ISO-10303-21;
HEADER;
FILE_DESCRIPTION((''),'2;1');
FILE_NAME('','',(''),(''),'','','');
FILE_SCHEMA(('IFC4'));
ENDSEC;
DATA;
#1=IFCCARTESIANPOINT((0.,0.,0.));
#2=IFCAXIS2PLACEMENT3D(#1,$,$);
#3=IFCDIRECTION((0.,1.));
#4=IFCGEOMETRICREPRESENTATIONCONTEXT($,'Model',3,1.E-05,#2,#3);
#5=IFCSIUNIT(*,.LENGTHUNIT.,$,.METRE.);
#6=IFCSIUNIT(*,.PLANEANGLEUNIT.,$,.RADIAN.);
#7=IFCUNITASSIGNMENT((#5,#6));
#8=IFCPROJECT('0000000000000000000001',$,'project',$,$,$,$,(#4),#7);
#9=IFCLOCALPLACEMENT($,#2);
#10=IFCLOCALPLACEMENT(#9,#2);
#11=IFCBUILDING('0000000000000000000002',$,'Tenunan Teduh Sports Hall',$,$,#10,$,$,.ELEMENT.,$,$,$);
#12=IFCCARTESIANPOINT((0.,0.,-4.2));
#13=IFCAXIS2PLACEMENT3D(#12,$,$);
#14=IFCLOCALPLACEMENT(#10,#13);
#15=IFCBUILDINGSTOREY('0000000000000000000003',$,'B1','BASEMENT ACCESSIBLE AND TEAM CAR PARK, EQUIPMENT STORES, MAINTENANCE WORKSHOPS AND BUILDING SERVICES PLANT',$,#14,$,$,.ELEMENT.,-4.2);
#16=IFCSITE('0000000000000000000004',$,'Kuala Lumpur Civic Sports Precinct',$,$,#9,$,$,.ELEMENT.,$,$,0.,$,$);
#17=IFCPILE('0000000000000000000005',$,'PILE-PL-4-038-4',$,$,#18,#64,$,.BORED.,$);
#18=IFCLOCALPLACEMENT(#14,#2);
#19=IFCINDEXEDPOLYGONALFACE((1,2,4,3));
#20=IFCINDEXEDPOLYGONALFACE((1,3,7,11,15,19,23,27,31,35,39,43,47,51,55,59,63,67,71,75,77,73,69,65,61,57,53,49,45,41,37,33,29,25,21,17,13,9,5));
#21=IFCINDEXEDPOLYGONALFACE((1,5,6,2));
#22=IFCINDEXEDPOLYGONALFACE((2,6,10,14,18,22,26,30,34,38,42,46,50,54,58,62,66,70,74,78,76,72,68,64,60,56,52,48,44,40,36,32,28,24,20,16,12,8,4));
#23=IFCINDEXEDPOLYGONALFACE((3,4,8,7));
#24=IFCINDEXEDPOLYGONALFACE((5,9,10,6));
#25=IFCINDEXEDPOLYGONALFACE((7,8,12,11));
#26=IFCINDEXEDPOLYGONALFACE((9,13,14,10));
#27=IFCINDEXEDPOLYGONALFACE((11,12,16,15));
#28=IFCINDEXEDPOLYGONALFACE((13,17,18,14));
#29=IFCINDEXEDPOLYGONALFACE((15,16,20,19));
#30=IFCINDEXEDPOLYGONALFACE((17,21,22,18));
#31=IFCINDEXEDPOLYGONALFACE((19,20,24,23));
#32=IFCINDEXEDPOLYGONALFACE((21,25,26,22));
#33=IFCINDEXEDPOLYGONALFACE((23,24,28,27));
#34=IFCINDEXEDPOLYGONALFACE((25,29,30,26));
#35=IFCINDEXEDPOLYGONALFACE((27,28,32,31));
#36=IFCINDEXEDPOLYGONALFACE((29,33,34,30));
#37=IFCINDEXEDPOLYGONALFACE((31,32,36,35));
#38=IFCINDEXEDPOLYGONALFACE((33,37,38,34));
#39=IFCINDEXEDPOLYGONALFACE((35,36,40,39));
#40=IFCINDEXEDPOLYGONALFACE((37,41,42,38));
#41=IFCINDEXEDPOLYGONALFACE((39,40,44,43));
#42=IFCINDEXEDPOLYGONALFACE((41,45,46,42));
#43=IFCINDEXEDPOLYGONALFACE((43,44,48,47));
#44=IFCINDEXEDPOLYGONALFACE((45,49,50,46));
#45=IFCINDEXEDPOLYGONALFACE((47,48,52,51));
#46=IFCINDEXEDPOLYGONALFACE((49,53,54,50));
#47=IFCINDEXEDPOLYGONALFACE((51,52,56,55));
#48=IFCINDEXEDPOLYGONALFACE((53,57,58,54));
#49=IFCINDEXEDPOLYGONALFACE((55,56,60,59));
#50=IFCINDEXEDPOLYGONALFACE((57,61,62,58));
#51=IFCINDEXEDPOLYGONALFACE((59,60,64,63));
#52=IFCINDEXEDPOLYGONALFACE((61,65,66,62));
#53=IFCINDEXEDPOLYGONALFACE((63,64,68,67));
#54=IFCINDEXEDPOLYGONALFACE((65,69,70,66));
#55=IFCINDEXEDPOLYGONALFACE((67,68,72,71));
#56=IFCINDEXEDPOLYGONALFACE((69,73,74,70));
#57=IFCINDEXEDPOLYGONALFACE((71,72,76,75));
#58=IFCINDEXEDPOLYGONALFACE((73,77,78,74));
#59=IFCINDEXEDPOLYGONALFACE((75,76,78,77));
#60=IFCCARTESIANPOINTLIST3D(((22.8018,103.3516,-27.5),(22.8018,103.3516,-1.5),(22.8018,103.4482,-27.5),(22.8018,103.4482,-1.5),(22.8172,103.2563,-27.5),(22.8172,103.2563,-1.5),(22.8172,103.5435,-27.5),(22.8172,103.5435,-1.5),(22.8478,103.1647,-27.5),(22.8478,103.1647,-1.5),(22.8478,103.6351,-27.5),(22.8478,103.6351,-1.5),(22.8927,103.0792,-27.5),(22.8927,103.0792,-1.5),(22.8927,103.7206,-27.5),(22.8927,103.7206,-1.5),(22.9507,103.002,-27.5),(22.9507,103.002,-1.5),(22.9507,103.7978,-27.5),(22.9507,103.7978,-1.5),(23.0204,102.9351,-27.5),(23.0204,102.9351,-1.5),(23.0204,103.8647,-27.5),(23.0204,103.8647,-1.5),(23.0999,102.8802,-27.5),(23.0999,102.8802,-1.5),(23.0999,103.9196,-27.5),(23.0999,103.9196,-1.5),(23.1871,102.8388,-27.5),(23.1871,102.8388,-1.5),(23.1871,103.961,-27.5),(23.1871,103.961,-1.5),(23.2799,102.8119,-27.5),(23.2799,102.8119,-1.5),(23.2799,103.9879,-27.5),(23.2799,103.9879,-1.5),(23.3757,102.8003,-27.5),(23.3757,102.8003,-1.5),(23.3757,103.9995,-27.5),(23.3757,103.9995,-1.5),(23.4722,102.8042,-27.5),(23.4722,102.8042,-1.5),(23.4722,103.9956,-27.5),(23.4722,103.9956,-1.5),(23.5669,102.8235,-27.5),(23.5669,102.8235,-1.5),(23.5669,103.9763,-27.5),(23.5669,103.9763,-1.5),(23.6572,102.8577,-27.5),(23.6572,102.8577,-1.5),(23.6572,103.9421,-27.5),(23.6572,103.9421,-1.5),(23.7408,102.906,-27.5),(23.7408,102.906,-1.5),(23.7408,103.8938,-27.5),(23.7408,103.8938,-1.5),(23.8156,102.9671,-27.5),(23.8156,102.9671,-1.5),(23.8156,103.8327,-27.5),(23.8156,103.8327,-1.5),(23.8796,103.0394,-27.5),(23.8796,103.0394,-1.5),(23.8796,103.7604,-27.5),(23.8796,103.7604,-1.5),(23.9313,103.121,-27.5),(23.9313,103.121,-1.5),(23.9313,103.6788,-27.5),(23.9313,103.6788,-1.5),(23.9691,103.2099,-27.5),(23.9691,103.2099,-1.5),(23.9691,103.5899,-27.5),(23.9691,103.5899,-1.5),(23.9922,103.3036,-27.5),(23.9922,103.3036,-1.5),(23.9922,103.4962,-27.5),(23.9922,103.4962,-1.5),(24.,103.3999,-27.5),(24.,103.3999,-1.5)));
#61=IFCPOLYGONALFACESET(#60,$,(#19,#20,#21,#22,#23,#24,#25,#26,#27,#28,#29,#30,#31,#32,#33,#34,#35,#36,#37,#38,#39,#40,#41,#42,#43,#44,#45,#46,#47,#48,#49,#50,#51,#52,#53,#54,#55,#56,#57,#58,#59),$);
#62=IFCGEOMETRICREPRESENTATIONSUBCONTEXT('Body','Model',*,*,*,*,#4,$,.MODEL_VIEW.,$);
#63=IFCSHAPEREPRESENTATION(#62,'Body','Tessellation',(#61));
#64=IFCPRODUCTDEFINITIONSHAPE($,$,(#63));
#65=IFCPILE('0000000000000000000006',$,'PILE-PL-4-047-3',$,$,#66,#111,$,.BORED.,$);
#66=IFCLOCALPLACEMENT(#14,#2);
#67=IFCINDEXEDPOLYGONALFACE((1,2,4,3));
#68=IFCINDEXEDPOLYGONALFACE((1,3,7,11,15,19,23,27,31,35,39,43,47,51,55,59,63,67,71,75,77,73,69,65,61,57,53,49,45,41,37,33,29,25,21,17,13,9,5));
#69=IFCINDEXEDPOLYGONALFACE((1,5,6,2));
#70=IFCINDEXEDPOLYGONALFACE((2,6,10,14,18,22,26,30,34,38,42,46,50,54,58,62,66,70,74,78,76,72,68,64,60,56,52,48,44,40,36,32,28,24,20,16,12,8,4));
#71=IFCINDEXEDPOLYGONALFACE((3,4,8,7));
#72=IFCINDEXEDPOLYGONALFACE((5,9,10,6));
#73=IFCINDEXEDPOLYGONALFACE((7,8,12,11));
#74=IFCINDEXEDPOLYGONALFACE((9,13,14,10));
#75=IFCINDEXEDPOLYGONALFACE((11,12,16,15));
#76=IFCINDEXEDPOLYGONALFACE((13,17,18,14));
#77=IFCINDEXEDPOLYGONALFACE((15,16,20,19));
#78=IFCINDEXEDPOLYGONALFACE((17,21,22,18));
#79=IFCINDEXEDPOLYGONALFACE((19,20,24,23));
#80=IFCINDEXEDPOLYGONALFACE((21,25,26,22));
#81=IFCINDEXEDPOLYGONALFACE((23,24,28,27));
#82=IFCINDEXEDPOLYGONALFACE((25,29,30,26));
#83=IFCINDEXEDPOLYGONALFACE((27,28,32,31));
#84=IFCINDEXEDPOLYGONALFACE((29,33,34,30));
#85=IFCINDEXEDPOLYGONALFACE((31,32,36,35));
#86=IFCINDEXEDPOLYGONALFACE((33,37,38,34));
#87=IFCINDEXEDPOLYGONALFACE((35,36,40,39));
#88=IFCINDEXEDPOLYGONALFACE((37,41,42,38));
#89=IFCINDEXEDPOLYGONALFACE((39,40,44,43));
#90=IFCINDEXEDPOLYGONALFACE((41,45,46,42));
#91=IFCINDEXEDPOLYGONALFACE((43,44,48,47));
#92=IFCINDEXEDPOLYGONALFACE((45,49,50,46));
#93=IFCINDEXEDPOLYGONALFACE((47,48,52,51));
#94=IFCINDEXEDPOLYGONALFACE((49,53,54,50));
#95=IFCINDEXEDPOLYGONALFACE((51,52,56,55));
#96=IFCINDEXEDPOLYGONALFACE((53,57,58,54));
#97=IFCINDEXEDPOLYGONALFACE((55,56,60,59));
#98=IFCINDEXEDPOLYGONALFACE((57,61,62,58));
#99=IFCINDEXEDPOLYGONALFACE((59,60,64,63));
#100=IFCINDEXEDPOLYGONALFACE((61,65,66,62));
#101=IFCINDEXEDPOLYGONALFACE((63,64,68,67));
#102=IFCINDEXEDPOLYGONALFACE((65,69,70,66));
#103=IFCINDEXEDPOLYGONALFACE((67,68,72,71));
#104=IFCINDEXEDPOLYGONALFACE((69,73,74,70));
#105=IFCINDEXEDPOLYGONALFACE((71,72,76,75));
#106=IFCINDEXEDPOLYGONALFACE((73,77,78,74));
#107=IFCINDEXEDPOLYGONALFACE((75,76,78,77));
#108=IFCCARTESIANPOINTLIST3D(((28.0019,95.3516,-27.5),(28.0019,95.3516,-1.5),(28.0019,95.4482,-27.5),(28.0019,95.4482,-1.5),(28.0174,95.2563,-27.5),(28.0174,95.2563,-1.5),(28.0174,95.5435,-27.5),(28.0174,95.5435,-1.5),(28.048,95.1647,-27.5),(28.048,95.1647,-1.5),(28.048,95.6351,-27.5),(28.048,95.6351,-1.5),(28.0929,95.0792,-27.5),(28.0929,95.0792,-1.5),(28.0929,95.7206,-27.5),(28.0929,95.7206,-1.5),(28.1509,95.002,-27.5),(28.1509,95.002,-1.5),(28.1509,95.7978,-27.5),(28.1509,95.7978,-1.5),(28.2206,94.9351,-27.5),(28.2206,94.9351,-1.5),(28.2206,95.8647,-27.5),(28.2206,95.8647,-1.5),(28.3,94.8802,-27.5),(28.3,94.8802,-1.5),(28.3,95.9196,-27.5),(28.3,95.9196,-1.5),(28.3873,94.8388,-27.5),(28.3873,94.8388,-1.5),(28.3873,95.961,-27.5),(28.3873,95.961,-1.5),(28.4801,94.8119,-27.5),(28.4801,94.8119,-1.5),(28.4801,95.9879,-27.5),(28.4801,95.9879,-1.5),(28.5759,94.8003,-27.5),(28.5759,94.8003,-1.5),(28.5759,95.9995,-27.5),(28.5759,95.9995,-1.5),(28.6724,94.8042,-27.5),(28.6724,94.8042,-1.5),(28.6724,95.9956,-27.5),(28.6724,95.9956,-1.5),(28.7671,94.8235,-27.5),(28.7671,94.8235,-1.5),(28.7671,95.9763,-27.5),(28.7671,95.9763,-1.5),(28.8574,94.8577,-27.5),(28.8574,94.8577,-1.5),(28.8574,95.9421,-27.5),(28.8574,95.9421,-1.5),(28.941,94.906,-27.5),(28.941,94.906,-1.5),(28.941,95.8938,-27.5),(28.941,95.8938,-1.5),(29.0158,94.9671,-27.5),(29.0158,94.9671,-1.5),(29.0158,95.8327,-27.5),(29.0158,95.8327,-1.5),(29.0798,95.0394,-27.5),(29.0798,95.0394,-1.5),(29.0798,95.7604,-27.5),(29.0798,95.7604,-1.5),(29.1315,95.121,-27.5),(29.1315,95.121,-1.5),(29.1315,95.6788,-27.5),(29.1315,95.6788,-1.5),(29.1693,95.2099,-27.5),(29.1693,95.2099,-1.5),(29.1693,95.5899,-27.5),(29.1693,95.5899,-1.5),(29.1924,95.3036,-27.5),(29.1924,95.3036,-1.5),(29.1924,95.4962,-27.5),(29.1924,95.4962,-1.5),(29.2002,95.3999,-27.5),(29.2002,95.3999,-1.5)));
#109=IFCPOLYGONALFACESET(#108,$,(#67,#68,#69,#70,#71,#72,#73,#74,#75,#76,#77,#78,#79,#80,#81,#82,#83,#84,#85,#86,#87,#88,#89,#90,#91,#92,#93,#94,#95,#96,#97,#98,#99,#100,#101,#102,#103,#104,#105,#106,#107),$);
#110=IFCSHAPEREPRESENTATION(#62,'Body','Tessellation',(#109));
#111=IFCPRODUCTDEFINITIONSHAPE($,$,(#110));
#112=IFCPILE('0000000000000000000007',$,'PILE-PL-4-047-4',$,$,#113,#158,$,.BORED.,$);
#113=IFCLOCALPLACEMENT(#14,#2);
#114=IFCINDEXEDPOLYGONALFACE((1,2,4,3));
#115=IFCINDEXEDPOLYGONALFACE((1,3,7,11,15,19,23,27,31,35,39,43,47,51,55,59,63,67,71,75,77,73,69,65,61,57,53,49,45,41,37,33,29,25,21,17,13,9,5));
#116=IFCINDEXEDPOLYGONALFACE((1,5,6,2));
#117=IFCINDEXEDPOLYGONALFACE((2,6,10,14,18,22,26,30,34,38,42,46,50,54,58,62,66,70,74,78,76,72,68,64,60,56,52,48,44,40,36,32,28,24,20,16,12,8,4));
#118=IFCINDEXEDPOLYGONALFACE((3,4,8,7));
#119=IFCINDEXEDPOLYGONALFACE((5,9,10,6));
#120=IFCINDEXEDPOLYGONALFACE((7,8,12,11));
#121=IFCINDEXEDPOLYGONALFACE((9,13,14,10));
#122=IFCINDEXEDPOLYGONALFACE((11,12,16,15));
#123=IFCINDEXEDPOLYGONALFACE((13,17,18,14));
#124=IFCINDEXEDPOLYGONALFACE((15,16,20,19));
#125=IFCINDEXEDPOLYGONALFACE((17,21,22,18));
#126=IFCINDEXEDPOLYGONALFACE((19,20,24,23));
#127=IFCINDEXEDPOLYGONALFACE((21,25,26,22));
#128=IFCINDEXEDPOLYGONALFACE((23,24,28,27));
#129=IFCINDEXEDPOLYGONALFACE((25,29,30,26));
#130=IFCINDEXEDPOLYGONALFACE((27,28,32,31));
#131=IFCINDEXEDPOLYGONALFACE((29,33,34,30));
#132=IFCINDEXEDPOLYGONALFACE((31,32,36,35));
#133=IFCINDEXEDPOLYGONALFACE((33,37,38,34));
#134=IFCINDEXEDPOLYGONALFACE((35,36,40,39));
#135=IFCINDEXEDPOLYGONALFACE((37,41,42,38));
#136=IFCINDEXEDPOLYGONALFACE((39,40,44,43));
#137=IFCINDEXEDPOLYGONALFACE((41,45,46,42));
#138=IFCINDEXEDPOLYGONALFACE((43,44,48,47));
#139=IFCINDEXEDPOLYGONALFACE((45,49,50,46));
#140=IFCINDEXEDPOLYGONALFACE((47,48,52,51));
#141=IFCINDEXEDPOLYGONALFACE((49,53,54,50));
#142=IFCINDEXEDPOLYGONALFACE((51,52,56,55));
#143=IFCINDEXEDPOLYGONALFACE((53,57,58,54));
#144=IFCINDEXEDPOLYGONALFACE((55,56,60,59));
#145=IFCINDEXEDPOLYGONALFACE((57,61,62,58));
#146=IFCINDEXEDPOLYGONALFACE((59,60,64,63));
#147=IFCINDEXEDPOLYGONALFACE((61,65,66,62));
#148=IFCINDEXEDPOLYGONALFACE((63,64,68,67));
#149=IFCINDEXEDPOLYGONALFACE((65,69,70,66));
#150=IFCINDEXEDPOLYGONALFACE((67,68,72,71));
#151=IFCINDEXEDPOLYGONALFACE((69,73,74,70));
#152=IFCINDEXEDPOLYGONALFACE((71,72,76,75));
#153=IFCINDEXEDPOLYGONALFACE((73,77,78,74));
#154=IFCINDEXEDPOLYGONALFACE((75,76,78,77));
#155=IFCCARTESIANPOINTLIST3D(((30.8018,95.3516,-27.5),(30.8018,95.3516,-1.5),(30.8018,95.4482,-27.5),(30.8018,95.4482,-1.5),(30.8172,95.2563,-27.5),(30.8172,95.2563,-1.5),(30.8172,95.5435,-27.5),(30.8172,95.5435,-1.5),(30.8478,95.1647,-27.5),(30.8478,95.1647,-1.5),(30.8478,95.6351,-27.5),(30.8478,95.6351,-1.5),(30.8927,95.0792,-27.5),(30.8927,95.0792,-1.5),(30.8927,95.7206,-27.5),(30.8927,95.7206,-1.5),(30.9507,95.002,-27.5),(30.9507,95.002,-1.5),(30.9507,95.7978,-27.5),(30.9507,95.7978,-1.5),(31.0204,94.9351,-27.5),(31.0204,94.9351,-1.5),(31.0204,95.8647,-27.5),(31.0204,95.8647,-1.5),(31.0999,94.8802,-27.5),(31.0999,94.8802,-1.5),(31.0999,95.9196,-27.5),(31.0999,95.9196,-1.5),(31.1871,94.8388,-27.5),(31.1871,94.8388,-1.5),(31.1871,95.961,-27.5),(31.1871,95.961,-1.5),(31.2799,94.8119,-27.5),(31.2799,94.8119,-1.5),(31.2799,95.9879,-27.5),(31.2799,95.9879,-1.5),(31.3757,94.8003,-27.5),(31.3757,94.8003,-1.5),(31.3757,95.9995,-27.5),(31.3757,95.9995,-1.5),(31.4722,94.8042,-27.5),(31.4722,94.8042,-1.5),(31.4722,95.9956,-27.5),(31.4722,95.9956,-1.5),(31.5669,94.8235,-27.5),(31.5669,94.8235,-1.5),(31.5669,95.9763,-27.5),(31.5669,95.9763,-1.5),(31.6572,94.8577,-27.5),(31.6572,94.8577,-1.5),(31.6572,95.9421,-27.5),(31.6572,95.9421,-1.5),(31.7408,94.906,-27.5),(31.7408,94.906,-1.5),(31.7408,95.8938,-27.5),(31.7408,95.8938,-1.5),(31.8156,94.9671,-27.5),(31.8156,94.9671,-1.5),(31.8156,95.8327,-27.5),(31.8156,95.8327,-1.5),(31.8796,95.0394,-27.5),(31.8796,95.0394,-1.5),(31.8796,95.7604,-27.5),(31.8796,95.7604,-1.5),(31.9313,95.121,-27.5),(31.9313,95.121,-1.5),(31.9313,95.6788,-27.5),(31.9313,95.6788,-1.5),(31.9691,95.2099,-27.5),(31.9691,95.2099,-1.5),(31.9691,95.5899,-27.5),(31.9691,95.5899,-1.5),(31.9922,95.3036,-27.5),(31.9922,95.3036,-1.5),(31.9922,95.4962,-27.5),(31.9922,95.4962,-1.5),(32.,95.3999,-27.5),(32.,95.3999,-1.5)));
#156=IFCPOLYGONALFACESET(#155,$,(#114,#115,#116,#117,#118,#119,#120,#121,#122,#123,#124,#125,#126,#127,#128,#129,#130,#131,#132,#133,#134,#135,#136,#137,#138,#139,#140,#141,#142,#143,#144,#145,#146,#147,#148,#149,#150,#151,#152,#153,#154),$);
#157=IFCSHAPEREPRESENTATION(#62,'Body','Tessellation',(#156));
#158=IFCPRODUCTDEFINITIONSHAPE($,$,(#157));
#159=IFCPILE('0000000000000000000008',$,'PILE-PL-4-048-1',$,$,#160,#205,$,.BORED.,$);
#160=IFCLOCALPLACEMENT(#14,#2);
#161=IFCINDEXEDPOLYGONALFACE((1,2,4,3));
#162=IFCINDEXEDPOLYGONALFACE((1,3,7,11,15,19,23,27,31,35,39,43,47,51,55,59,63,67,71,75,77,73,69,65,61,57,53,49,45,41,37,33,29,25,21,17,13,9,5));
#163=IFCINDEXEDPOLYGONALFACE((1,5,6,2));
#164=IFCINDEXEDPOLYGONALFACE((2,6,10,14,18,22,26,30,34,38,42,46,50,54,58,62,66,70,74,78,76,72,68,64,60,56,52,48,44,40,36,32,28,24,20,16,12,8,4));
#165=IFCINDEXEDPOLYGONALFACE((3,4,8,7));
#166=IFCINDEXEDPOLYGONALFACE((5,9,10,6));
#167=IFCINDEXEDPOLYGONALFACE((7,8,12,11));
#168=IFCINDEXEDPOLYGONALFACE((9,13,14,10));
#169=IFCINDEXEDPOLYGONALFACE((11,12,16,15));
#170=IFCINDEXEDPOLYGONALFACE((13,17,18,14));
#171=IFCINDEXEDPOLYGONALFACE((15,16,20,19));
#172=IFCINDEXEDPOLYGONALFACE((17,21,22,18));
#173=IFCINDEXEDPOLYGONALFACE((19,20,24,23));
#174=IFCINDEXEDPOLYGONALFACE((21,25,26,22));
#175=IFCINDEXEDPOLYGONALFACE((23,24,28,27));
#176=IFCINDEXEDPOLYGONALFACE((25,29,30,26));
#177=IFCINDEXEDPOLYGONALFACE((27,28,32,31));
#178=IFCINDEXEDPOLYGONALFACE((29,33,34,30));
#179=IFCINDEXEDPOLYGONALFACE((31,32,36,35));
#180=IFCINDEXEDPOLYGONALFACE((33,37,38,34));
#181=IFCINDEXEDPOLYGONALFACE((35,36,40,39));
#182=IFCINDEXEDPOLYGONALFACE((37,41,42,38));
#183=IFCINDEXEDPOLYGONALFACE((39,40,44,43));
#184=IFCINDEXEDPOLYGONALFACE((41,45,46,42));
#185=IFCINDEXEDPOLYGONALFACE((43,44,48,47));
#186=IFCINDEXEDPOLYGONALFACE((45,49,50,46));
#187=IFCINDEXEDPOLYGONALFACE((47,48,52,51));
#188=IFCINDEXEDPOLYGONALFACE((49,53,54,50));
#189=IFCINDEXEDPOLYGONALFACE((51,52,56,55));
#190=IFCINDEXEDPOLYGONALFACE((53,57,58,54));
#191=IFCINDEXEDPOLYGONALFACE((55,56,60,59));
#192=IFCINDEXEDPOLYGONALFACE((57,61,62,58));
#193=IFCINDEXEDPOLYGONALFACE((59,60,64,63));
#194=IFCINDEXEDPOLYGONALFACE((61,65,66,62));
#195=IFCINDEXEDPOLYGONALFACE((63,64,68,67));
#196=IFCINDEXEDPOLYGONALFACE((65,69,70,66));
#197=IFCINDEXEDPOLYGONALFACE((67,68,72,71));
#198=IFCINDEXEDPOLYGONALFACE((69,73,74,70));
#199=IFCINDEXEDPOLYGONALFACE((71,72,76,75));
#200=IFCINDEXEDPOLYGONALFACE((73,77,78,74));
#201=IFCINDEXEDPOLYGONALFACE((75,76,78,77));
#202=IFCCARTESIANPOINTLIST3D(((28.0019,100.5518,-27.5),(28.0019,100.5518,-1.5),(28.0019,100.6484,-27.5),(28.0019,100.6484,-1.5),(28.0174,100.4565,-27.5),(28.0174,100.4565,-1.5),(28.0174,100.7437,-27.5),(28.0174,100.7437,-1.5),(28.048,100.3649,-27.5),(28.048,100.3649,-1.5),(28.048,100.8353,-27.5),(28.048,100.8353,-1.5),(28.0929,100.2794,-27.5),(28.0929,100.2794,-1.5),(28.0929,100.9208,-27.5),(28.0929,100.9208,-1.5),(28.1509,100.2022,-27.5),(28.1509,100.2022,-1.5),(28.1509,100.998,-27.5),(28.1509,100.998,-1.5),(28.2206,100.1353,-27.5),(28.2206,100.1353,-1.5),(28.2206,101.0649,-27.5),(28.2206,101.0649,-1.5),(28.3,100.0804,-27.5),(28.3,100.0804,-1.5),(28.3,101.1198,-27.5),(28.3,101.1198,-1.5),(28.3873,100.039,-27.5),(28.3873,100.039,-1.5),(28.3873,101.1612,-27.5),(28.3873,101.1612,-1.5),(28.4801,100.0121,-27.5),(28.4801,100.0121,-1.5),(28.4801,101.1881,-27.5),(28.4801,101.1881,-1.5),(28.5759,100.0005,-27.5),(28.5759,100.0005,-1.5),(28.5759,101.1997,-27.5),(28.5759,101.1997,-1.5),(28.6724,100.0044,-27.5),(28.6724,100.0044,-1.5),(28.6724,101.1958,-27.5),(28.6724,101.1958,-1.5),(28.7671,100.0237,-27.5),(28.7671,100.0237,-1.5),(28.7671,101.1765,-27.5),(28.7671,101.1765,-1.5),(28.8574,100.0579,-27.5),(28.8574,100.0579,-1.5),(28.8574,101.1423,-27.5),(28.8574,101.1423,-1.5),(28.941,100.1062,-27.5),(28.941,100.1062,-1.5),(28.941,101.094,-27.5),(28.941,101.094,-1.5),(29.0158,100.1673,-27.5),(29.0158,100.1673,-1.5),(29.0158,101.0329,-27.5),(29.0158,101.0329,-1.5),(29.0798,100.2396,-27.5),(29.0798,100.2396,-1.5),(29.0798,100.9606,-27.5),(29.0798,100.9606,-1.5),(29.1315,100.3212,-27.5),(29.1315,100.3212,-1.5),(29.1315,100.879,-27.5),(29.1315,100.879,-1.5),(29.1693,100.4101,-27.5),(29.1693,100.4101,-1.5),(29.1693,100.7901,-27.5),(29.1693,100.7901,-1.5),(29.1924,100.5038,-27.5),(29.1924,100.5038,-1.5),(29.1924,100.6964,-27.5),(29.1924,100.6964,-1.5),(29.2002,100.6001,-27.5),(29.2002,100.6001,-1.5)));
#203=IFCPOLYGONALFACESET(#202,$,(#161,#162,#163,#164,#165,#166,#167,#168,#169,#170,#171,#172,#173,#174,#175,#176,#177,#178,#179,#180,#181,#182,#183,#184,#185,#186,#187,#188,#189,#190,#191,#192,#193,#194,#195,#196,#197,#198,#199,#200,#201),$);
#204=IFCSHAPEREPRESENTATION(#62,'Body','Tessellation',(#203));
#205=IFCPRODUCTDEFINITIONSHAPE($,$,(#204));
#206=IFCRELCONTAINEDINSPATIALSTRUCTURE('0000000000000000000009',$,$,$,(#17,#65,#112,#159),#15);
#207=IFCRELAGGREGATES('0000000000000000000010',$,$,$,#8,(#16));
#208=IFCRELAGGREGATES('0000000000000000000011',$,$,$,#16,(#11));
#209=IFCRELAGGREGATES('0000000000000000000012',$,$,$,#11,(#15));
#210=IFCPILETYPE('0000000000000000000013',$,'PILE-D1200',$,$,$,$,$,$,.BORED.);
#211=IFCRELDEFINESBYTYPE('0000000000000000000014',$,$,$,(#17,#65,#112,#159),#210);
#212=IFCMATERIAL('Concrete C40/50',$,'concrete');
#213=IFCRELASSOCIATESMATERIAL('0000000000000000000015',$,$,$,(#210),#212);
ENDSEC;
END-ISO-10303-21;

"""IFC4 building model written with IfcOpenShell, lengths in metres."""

from ifc_helpers import new_model, si_unit, direction, frame, origin, origin_2d, place, context, subcontext, project, spatial, circle, extrude, material, material_profile, profile_set, type_object, element, save


model = new_model("IFC4")

# Units and contexts
model_context = context("Model", 3, precision=1e-05, world=origin(), true_north=direction((0.0, 1.0)))
body_context = subcontext(model_context, "Body", "Model", "MODEL_VIEW")
ifc_project = project(units=[si_unit("LENGTHUNIT", "METRE"), si_unit("PLANEANGLEUNIT", "RADIAN")], contexts=[model_context])

# Site, building, storey
site_placement = place(None, origin())
site = spatial("IfcSite", under=ifc_project, at=site_placement, Name="Kuala Lumpur Civic Sports Precinct", CompositionType="ELEMENT", RefElevation=0.0)
building_placement = place(site_placement, origin())
building = spatial("IfcBuilding", under=site, at=building_placement, Name="Tenunan Teduh Sports Hall", CompositionType="ELEMENT")
storey_placement = place(building_placement, frame((0.0, 0.0, -4.2)))
storey = spatial("IfcBuildingStorey", under=building, at=storey_placement, Name="B1", Description="BASEMENT ACCESSIBLE AND TEAM CAR PARK, EQUIPMENT STORES, MAINTENANCE WORKSHOPS AND BUILDING SERVICES PLANT", CompositionType="ELEMENT", Elevation=-4.2)

# Piles
ifc_material_1 = material(Name="Concrete C40/50", Category="concrete")
ifc_material_profile_1 = material_profile(ifc_material_1, circle(Radius=0.6001, at=origin_2d()), Name="PILE D1200")
ifc_profile_set_1 = profile_set([ifc_material_profile_1], Name="Concrete C40/50")
pile_type = type_object("IfcPileType", Name="PILE-D1200", PredefinedType="BORED", material=ifc_profile_set_1)
for number, where, z_axis, x_axis, name in (
    (1, (23.3999, 103.3999, -1.5), (0.0, 0.0, -1.0), (1.0, 0.0, 0.0), "PILE-PL-4-038-4"),
    (2, (28.6001, 95.3999, -1.5), (0.0, 0.0, -1.0), (1.0, 0.0, 0.0), "PILE-PL-4-047-3"),
    (3, (31.3999, 95.3999, -1.5), (0.0, 0.0, -1.0), (1.0, 0.0, 0.0), "PILE-PL-4-047-4"),
    (4, (28.6001, 100.6001, -1.5), (0.0, 0.0, -1.0), (1.0, 0.0, 0.0), "PILE-PL-4-048-1"),
):
    element("IfcPile", number, at=place(storey_placement, frame(where, z_axis=z_axis, x_axis=x_axis)), inside=storey, type_object=pile_type, Name=name, PredefinedType="BORED", context=body_context, shape_type="SweptSolid", body=[
        extrude(circle(Radius=0.6001, at=origin_2d()), origin(), (0.0, 0.0, 1.0), 26.0),
    ])

save(model, "model.ifc")
